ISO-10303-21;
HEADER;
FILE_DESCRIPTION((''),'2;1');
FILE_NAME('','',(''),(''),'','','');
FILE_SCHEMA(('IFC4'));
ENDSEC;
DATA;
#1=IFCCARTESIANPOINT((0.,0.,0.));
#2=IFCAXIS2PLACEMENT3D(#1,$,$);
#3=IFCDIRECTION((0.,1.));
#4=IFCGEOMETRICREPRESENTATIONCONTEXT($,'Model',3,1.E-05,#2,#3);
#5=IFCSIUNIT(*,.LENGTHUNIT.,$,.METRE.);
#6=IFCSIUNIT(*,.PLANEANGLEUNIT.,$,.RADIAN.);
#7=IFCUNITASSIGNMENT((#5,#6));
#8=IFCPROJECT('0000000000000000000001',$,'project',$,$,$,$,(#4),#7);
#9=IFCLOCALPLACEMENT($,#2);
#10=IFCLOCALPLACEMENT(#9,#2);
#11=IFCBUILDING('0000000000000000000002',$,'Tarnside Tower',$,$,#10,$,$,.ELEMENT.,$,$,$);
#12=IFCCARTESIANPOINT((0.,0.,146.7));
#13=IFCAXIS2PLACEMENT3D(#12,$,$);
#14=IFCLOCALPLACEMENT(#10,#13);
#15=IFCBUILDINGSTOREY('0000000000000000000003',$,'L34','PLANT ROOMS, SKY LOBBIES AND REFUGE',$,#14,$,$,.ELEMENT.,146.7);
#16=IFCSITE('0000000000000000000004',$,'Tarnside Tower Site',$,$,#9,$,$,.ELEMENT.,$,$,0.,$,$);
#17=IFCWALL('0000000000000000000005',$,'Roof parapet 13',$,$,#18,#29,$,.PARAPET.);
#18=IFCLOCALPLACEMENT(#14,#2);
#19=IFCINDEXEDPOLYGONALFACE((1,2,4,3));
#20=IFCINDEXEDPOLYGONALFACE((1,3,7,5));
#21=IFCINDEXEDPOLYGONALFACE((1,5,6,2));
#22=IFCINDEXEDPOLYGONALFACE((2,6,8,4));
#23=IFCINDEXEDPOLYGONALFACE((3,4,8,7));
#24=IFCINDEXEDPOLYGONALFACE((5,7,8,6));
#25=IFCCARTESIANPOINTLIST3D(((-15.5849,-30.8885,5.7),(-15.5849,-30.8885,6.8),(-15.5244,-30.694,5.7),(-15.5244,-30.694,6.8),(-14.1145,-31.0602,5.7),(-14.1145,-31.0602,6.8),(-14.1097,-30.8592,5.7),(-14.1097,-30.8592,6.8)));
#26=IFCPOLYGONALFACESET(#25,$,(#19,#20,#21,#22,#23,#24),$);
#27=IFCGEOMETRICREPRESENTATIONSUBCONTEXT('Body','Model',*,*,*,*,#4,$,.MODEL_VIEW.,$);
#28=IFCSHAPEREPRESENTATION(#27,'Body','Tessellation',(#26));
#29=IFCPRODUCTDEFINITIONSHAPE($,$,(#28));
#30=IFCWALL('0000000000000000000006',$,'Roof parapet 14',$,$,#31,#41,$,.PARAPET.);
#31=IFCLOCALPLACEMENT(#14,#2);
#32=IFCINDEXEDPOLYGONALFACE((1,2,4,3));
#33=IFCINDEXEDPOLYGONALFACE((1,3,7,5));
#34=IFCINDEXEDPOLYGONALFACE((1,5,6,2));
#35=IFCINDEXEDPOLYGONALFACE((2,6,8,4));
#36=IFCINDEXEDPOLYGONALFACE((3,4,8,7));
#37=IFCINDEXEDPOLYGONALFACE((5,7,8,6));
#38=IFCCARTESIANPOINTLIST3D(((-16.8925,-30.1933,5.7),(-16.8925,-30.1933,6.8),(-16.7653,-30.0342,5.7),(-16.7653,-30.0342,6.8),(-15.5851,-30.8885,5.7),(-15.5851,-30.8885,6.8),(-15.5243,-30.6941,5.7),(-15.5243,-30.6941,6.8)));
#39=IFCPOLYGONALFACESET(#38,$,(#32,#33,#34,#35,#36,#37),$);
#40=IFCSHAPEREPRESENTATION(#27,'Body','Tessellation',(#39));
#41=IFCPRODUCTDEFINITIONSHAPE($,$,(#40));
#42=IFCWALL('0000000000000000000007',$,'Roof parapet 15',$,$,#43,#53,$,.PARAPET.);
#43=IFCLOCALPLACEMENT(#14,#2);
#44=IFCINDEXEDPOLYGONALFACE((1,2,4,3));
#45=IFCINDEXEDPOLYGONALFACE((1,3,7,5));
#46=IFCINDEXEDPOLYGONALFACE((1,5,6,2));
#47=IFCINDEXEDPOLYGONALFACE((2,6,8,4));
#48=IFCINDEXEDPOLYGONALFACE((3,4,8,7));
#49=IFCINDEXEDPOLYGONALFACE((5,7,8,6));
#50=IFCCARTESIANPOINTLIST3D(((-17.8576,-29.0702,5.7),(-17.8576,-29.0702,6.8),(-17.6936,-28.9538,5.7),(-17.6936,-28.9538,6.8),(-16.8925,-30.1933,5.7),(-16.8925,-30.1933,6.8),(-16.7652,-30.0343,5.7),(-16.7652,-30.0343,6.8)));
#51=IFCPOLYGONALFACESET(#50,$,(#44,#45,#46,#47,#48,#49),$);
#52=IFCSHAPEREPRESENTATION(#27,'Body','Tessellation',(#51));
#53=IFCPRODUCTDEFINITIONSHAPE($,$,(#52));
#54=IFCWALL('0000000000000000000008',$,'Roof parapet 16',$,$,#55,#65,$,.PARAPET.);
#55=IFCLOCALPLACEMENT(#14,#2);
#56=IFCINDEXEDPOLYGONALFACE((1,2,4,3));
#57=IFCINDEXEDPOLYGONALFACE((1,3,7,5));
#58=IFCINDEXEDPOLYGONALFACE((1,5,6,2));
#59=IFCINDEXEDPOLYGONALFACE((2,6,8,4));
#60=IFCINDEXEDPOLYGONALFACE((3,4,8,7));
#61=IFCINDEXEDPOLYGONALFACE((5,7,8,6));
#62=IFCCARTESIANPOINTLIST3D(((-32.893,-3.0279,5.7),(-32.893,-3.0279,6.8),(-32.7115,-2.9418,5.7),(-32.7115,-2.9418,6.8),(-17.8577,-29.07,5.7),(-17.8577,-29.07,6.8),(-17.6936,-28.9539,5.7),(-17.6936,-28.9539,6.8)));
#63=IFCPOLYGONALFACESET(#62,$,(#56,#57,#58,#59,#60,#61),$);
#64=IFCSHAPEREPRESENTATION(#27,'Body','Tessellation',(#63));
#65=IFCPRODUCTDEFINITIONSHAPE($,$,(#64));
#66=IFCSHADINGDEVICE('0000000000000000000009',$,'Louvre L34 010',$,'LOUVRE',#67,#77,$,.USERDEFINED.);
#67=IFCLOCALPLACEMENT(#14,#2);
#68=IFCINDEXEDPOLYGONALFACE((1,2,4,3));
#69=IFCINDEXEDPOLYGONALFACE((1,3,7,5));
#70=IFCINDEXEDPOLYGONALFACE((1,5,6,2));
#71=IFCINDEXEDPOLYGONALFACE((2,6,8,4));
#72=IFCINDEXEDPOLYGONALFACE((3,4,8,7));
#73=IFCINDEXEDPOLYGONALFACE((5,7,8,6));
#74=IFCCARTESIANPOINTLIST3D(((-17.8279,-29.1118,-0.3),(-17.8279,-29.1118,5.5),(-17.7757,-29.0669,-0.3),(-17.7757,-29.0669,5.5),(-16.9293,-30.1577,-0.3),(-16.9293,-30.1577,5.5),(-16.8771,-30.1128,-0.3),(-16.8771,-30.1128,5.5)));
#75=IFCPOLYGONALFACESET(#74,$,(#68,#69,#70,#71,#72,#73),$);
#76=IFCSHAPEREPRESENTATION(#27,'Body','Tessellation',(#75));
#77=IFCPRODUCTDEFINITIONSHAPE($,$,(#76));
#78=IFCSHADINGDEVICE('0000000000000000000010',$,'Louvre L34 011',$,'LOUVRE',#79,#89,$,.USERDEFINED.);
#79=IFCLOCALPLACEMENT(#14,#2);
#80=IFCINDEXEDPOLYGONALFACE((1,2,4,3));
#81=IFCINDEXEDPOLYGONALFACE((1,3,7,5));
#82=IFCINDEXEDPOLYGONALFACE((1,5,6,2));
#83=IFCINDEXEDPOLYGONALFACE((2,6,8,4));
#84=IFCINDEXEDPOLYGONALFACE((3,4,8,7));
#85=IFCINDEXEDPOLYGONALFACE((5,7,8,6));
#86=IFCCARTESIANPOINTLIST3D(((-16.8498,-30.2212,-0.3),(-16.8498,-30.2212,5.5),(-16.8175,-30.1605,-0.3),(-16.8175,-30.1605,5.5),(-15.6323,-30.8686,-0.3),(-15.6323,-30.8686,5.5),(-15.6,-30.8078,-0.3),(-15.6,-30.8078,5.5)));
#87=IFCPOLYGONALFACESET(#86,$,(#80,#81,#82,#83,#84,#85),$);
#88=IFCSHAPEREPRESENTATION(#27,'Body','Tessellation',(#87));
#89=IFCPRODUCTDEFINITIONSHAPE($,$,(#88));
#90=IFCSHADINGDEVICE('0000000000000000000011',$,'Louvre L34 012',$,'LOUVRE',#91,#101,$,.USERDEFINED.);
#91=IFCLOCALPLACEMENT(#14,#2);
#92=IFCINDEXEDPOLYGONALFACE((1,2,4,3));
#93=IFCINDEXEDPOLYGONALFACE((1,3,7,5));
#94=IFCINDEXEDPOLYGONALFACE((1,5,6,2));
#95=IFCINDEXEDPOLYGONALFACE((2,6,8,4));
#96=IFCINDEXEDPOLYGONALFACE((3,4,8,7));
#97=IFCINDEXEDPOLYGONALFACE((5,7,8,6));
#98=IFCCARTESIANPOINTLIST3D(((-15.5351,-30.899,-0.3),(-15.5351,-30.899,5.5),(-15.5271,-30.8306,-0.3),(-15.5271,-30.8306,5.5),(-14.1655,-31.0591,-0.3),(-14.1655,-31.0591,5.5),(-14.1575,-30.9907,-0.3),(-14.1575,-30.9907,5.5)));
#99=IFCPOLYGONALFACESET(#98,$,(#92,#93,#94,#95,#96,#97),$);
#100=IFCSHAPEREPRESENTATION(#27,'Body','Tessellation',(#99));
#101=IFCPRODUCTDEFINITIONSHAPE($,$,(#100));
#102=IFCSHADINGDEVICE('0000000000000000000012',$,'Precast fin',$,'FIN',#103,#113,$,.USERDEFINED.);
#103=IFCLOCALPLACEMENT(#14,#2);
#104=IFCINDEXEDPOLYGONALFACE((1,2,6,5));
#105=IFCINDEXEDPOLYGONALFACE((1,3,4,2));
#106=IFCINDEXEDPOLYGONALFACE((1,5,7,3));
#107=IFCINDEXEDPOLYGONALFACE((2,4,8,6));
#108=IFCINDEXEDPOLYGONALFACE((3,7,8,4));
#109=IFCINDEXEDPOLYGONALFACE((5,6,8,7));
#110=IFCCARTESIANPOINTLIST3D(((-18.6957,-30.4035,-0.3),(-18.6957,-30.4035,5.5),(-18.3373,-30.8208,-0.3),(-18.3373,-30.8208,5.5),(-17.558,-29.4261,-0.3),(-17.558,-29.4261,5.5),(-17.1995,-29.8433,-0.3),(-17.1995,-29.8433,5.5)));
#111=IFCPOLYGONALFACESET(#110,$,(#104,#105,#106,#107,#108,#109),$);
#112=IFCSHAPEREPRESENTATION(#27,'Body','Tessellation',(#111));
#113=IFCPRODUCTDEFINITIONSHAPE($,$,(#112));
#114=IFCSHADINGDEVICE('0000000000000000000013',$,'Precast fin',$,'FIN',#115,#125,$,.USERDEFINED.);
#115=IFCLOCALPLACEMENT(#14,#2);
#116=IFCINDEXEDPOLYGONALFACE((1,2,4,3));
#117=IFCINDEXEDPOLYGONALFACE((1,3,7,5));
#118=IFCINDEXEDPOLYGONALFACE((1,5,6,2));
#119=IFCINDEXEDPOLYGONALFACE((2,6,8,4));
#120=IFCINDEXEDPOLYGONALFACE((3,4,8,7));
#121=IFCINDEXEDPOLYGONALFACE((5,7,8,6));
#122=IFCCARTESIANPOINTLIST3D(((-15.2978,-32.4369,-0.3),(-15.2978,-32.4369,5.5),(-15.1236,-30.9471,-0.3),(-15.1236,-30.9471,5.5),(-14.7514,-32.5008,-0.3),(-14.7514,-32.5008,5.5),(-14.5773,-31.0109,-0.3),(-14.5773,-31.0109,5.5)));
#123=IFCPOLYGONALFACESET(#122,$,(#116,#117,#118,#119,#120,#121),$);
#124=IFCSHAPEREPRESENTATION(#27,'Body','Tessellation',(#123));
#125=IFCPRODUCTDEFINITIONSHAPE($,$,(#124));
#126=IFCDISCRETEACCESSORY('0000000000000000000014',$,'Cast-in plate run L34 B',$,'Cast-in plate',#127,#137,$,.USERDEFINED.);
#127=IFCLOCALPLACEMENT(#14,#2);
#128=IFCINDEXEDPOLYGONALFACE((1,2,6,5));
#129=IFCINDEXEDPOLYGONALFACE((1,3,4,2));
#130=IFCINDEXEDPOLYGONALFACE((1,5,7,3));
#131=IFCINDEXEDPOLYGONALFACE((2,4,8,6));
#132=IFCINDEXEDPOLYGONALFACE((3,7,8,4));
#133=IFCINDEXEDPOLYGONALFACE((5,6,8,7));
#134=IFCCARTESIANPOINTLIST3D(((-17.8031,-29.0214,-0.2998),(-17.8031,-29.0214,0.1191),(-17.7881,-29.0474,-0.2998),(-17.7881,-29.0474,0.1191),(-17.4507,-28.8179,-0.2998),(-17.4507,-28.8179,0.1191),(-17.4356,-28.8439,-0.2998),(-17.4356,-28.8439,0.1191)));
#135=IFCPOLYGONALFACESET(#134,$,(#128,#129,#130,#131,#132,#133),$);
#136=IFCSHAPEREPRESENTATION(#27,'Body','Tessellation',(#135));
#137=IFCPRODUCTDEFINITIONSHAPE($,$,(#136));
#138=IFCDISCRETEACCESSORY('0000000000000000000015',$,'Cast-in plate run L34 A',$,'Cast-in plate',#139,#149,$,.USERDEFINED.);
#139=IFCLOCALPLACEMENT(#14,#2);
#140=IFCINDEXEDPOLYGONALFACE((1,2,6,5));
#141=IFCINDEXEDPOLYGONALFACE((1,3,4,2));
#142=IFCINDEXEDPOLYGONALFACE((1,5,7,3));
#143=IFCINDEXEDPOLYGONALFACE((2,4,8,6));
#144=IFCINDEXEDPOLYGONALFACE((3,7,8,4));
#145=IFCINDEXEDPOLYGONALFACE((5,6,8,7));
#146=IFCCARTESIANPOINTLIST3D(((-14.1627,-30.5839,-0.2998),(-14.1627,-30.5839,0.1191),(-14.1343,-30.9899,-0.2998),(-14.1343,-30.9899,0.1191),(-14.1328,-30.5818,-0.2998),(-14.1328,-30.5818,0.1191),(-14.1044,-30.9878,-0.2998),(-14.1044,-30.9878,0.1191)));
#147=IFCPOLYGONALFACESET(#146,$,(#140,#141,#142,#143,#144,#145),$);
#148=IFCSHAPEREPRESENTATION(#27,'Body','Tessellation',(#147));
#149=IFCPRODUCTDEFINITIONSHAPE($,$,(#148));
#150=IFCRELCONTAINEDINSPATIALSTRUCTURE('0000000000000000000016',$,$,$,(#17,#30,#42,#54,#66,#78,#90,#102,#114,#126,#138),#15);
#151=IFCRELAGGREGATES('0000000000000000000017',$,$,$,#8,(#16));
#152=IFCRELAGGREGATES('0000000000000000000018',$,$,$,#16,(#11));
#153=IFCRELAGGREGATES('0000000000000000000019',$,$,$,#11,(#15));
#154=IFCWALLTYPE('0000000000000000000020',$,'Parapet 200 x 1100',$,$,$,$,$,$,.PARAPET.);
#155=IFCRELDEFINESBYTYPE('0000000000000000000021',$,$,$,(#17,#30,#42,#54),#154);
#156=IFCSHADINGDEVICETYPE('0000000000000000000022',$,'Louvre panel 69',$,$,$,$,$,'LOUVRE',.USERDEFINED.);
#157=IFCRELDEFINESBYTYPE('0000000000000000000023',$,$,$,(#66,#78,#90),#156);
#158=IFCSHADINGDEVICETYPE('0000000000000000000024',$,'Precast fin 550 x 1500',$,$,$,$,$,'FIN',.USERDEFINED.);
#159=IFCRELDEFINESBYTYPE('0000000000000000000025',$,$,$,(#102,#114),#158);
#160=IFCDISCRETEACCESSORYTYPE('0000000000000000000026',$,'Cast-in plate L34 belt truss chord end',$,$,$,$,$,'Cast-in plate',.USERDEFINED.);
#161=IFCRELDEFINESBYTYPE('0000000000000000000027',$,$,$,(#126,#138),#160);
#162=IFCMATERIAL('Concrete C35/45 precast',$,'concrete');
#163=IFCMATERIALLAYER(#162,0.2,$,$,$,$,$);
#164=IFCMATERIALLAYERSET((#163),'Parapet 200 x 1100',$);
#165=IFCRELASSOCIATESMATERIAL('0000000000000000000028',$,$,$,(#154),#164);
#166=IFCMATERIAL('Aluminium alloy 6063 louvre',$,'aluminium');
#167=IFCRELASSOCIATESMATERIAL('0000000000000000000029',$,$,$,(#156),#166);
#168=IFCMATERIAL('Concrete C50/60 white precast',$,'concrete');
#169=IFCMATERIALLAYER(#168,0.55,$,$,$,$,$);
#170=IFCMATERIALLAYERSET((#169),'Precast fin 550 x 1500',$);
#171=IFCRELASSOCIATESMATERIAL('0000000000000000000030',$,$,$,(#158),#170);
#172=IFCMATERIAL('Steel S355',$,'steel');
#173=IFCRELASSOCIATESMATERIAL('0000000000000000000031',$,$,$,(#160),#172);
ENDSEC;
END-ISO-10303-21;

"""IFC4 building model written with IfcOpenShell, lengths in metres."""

from ifc_helpers import new_model, si_unit, direction, frame, origin, origin_2d, place, context, subcontext, project, spatial, polyline, rectangle, outline, extrude, material, layer, layer_set, type_object, element, save


model = new_model("IFC4")

# Units and contexts
model_context = context("Model", 3, precision=1e-05, world=origin(), true_north=direction((0.0, 1.0)))
body_context = subcontext(model_context, "Body", "Model", "MODEL_VIEW")
ifc_project = project(units=[si_unit("LENGTHUNIT", "METRE"), si_unit("PLANEANGLEUNIT", "RADIAN")], contexts=[model_context])

# Site, building, storey
site_placement = place(None, origin())
site = spatial("IfcSite", under=ifc_project, at=site_placement, Name="Tarnside Tower Site", CompositionType="ELEMENT", RefElevation=0.0)
building_placement = place(site_placement, origin())
building = spatial("IfcBuilding", under=site, at=building_placement, Name="Tarnside Tower", CompositionType="ELEMENT")
storey_placement = place(building_placement, frame((0.0, 0.0, 146.7)))
storey = spatial("IfcBuildingStorey", under=building, at=storey_placement, Name="L34", Description="PLANT ROOMS, SKY LOBBIES AND REFUGE", CompositionType="ELEMENT", Elevation=146.7)

# Shared definitions
ifc_material_1 = material(Name="Steel S355", Category="steel")

# Walls
ifc_material_2 = material(Name="Concrete C35/45 precast", Category="concrete")
ifc_layer_1 = layer(ifc_material_2, 0.2)
ifc_layer_set_1 = layer_set([ifc_layer_1], Name="Parapet 200 x 1100")
wall_type = type_object("IfcWallType", Name="Parapet 200 x 1100", PredefinedType="PARAPET", material=ifc_layer_set_1)
wall_1_placement = place(storey_placement, frame((-14.1121, -30.9597, 5.7), z_axis=(0.0, 0.0, 1.0), x_axis=(-0.993251, 0.115983, 0.0)))
element("IfcWall", 1, at=wall_1_placement, inside=storey, type_object=wall_type, Name="Roof parapet 13", PredefinedType="PARAPET", context=body_context, shape_type="SweptSolid", body=[
    extrude(outline(polyline([(0.0093, -0.1001), (1.4336, -0.1001), (1.4712, 0.1001), (-0.0093, 0.1001), (0.0093, -0.1001)])), origin(), (0.0, 0.0, 1.0), 1.1001),
])
wall_2_placement = place(storey_placement, frame((-15.5547, -30.7913, 5.7), z_axis=(0.0, 0.0, 1.0), x_axis=(-0.882947, 0.469473, 0.0)))
element("IfcWall", 2, at=wall_2_placement, inside=storey, type_object=wall_type, Name="Roof parapet 14", PredefinedType="PARAPET", context=body_context, shape_type="SweptSolid", body=[
    extrude(outline(polyline([(0.0188, -0.1001), (1.4243, -0.1001), (1.4619, 0.1001), (-0.0188, 0.1001), (0.0188, -0.1001)])), origin(), (0.0, 0.0, 1.0), 1.1001),
])
wall_3_placement = place(storey_placement, frame((-16.8289, -30.1138, 5.7), z_axis=(0.0, 0.0, 1.0), x_axis=(-0.651732, 0.758449, 0.0)))
element("IfcWall", 3, at=wall_3_placement, inside=storey, type_object=wall_type, Name="Roof parapet 15", PredefinedType="PARAPET", context=body_context, shape_type="SweptSolid", body=[
    extrude(outline(polyline([(0.0188, -0.1001), (1.4434, -0.1001), (1.4619, 0.1001), (-0.0188, 0.1001), (0.0188, -0.1001)])), origin(), (0.0, 0.0, 1.0), 1.1001),
])
wall_4_placement = place(storey_placement, frame((-17.7756, -29.012, 5.7), z_axis=(0.0, 0.0, 1.0), x_axis=(-0.499996, 0.866027, 0.0)))
element("IfcWall", 4, at=wall_4_placement, inside=storey, type_object=wall_type, Name="Roof parapet 16", PredefinedType="PARAPET", context=body_context, shape_type="SweptSolid", body=[
    extrude(outline(polyline([(0.0093, -0.1001), (30.0454, -0.1001), (30.0615, 0.1001), (-0.0093, 0.1001), (0.0093, -0.1001)])), origin(), (0.0, 0.0, 1.0), 1.1001),
])

# Shading devices
ifc_material_3 = material(Name="Aluminium alloy 6063 louvre", Category="aluminium")
shading_device_type_1 = type_object("IfcShadingDeviceType", Name="Louvre panel 69", ElementType="LOUVRE", PredefinedType="USERDEFINED", material=ifc_material_3)
for number, where, z_axis, x_axis, name in (
    (5, (-17.3264, -29.5898, -0.3), (-0.651675, 0.758498, 0.0), (-0.758498, -0.651675, 0.0), "Louvre L34 010"),
    (6, (-16.2087, -30.4841, -0.3), (-0.88295, 0.469466, 0.0), (-0.469466, -0.88295, 0.0), "Louvre L34 011"),
    (7, (-14.8423, -30.9106, -0.3), (-0.993237, 0.116105, 0.0), (-0.116105, -0.993237, 0.0), "Louvre L34 012"),
):
    element("IfcShadingDevice", number, at=place(storey_placement, frame(where, z_axis=z_axis, x_axis=x_axis)), inside=storey, type_object=shading_device_type_1, Name=name, ObjectType="LOUVRE", PredefinedType="USERDEFINED", context=body_context, shape_type="SweptSolid", body=[
        extrude(outline(polyline([(0.0, 0.0), (0.0688, 0.0), (0.0688, 5.8), (0.0, 5.8), (0.0, 0.0)])), frame((0.0, 0.0, -0.6895)), (0.0, 0.0, 1.0), 1.3789),
    ])
ifc_material_4 = material(Name="Concrete C50/60 white precast", Category="concrete")
ifc_layer_2 = layer(ifc_material_4, 0.55)
ifc_layer_set_2 = layer_set([ifc_layer_2], Name="Precast fin 550 x 1500")
shading_device_type_2 = type_object("IfcShadingDeviceType", Name="Precast fin 550 x 1500", ElementType="FIN", PredefinedType="USERDEFINED", material=ifc_layer_set_2)
for number, where, z_axis, x_axis, name in (
    (8, (-17.3787, -29.6348, -0.3), (-0.651657, 0.758514, 0.0), (-0.758514, -0.651657, 0.0), "Precast fin"),
    (9, (-14.8503, -30.979, -0.3), (-0.993238, 0.116093, 0.0), (-0.116093, -0.993238, 0.0), "Precast fin"),
):
    element("IfcShadingDevice", number, at=place(storey_placement, frame(where, z_axis=z_axis, x_axis=x_axis)), inside=storey, type_object=shading_device_type_2, Name=name, ObjectType="FIN", PredefinedType="USERDEFINED", context=body_context, shape_type="SweptSolid", body=[
        extrude(outline(polyline([(0.0, 0.0), (1.5, 0.0), (1.5, 5.8), (0.0, 5.8), (0.0, 0.0)])), frame((0.0, 0.0, -0.2749)), (0.0, 0.0, 1.0), 0.55),
    ])

# Discrete accessories
discrete_accessory_type = type_object("IfcDiscreteAccessoryType", Name="Cast-in plate L34 belt truss chord end", ElementType="Cast-in plate", PredefinedType="USERDEFINED", material=ifc_material_1)
for number, where, z_axis, x_axis, name in (
    (10, (-17.6194, -28.9326, -0.2998), (0.0, 0.0, 1.0), (0.5, -0.866025, 0.0), "Cast-in plate run L34 B"),
    (11, (-14.1335, -30.7859, -0.2998), (0.0, 0.0, 1.0), (0.997564, 0.069756, 0.0), "Cast-in plate run L34 A"),
):
    element("IfcDiscreteAccessory", number, at=place(storey_placement, frame(where, z_axis=z_axis, x_axis=x_axis)), inside=storey, type_object=discrete_accessory_type, Name=name, ObjectType="Cast-in plate", PredefinedType="USERDEFINED", context=body_context, shape_type="SweptSolid", body=[
        extrude(rectangle(XDim=0.03, YDim=0.407, at=origin_2d()), origin(), (0.0, 0.0, 1.0), 0.4189),
    ])

save(model, "model.ifc")
